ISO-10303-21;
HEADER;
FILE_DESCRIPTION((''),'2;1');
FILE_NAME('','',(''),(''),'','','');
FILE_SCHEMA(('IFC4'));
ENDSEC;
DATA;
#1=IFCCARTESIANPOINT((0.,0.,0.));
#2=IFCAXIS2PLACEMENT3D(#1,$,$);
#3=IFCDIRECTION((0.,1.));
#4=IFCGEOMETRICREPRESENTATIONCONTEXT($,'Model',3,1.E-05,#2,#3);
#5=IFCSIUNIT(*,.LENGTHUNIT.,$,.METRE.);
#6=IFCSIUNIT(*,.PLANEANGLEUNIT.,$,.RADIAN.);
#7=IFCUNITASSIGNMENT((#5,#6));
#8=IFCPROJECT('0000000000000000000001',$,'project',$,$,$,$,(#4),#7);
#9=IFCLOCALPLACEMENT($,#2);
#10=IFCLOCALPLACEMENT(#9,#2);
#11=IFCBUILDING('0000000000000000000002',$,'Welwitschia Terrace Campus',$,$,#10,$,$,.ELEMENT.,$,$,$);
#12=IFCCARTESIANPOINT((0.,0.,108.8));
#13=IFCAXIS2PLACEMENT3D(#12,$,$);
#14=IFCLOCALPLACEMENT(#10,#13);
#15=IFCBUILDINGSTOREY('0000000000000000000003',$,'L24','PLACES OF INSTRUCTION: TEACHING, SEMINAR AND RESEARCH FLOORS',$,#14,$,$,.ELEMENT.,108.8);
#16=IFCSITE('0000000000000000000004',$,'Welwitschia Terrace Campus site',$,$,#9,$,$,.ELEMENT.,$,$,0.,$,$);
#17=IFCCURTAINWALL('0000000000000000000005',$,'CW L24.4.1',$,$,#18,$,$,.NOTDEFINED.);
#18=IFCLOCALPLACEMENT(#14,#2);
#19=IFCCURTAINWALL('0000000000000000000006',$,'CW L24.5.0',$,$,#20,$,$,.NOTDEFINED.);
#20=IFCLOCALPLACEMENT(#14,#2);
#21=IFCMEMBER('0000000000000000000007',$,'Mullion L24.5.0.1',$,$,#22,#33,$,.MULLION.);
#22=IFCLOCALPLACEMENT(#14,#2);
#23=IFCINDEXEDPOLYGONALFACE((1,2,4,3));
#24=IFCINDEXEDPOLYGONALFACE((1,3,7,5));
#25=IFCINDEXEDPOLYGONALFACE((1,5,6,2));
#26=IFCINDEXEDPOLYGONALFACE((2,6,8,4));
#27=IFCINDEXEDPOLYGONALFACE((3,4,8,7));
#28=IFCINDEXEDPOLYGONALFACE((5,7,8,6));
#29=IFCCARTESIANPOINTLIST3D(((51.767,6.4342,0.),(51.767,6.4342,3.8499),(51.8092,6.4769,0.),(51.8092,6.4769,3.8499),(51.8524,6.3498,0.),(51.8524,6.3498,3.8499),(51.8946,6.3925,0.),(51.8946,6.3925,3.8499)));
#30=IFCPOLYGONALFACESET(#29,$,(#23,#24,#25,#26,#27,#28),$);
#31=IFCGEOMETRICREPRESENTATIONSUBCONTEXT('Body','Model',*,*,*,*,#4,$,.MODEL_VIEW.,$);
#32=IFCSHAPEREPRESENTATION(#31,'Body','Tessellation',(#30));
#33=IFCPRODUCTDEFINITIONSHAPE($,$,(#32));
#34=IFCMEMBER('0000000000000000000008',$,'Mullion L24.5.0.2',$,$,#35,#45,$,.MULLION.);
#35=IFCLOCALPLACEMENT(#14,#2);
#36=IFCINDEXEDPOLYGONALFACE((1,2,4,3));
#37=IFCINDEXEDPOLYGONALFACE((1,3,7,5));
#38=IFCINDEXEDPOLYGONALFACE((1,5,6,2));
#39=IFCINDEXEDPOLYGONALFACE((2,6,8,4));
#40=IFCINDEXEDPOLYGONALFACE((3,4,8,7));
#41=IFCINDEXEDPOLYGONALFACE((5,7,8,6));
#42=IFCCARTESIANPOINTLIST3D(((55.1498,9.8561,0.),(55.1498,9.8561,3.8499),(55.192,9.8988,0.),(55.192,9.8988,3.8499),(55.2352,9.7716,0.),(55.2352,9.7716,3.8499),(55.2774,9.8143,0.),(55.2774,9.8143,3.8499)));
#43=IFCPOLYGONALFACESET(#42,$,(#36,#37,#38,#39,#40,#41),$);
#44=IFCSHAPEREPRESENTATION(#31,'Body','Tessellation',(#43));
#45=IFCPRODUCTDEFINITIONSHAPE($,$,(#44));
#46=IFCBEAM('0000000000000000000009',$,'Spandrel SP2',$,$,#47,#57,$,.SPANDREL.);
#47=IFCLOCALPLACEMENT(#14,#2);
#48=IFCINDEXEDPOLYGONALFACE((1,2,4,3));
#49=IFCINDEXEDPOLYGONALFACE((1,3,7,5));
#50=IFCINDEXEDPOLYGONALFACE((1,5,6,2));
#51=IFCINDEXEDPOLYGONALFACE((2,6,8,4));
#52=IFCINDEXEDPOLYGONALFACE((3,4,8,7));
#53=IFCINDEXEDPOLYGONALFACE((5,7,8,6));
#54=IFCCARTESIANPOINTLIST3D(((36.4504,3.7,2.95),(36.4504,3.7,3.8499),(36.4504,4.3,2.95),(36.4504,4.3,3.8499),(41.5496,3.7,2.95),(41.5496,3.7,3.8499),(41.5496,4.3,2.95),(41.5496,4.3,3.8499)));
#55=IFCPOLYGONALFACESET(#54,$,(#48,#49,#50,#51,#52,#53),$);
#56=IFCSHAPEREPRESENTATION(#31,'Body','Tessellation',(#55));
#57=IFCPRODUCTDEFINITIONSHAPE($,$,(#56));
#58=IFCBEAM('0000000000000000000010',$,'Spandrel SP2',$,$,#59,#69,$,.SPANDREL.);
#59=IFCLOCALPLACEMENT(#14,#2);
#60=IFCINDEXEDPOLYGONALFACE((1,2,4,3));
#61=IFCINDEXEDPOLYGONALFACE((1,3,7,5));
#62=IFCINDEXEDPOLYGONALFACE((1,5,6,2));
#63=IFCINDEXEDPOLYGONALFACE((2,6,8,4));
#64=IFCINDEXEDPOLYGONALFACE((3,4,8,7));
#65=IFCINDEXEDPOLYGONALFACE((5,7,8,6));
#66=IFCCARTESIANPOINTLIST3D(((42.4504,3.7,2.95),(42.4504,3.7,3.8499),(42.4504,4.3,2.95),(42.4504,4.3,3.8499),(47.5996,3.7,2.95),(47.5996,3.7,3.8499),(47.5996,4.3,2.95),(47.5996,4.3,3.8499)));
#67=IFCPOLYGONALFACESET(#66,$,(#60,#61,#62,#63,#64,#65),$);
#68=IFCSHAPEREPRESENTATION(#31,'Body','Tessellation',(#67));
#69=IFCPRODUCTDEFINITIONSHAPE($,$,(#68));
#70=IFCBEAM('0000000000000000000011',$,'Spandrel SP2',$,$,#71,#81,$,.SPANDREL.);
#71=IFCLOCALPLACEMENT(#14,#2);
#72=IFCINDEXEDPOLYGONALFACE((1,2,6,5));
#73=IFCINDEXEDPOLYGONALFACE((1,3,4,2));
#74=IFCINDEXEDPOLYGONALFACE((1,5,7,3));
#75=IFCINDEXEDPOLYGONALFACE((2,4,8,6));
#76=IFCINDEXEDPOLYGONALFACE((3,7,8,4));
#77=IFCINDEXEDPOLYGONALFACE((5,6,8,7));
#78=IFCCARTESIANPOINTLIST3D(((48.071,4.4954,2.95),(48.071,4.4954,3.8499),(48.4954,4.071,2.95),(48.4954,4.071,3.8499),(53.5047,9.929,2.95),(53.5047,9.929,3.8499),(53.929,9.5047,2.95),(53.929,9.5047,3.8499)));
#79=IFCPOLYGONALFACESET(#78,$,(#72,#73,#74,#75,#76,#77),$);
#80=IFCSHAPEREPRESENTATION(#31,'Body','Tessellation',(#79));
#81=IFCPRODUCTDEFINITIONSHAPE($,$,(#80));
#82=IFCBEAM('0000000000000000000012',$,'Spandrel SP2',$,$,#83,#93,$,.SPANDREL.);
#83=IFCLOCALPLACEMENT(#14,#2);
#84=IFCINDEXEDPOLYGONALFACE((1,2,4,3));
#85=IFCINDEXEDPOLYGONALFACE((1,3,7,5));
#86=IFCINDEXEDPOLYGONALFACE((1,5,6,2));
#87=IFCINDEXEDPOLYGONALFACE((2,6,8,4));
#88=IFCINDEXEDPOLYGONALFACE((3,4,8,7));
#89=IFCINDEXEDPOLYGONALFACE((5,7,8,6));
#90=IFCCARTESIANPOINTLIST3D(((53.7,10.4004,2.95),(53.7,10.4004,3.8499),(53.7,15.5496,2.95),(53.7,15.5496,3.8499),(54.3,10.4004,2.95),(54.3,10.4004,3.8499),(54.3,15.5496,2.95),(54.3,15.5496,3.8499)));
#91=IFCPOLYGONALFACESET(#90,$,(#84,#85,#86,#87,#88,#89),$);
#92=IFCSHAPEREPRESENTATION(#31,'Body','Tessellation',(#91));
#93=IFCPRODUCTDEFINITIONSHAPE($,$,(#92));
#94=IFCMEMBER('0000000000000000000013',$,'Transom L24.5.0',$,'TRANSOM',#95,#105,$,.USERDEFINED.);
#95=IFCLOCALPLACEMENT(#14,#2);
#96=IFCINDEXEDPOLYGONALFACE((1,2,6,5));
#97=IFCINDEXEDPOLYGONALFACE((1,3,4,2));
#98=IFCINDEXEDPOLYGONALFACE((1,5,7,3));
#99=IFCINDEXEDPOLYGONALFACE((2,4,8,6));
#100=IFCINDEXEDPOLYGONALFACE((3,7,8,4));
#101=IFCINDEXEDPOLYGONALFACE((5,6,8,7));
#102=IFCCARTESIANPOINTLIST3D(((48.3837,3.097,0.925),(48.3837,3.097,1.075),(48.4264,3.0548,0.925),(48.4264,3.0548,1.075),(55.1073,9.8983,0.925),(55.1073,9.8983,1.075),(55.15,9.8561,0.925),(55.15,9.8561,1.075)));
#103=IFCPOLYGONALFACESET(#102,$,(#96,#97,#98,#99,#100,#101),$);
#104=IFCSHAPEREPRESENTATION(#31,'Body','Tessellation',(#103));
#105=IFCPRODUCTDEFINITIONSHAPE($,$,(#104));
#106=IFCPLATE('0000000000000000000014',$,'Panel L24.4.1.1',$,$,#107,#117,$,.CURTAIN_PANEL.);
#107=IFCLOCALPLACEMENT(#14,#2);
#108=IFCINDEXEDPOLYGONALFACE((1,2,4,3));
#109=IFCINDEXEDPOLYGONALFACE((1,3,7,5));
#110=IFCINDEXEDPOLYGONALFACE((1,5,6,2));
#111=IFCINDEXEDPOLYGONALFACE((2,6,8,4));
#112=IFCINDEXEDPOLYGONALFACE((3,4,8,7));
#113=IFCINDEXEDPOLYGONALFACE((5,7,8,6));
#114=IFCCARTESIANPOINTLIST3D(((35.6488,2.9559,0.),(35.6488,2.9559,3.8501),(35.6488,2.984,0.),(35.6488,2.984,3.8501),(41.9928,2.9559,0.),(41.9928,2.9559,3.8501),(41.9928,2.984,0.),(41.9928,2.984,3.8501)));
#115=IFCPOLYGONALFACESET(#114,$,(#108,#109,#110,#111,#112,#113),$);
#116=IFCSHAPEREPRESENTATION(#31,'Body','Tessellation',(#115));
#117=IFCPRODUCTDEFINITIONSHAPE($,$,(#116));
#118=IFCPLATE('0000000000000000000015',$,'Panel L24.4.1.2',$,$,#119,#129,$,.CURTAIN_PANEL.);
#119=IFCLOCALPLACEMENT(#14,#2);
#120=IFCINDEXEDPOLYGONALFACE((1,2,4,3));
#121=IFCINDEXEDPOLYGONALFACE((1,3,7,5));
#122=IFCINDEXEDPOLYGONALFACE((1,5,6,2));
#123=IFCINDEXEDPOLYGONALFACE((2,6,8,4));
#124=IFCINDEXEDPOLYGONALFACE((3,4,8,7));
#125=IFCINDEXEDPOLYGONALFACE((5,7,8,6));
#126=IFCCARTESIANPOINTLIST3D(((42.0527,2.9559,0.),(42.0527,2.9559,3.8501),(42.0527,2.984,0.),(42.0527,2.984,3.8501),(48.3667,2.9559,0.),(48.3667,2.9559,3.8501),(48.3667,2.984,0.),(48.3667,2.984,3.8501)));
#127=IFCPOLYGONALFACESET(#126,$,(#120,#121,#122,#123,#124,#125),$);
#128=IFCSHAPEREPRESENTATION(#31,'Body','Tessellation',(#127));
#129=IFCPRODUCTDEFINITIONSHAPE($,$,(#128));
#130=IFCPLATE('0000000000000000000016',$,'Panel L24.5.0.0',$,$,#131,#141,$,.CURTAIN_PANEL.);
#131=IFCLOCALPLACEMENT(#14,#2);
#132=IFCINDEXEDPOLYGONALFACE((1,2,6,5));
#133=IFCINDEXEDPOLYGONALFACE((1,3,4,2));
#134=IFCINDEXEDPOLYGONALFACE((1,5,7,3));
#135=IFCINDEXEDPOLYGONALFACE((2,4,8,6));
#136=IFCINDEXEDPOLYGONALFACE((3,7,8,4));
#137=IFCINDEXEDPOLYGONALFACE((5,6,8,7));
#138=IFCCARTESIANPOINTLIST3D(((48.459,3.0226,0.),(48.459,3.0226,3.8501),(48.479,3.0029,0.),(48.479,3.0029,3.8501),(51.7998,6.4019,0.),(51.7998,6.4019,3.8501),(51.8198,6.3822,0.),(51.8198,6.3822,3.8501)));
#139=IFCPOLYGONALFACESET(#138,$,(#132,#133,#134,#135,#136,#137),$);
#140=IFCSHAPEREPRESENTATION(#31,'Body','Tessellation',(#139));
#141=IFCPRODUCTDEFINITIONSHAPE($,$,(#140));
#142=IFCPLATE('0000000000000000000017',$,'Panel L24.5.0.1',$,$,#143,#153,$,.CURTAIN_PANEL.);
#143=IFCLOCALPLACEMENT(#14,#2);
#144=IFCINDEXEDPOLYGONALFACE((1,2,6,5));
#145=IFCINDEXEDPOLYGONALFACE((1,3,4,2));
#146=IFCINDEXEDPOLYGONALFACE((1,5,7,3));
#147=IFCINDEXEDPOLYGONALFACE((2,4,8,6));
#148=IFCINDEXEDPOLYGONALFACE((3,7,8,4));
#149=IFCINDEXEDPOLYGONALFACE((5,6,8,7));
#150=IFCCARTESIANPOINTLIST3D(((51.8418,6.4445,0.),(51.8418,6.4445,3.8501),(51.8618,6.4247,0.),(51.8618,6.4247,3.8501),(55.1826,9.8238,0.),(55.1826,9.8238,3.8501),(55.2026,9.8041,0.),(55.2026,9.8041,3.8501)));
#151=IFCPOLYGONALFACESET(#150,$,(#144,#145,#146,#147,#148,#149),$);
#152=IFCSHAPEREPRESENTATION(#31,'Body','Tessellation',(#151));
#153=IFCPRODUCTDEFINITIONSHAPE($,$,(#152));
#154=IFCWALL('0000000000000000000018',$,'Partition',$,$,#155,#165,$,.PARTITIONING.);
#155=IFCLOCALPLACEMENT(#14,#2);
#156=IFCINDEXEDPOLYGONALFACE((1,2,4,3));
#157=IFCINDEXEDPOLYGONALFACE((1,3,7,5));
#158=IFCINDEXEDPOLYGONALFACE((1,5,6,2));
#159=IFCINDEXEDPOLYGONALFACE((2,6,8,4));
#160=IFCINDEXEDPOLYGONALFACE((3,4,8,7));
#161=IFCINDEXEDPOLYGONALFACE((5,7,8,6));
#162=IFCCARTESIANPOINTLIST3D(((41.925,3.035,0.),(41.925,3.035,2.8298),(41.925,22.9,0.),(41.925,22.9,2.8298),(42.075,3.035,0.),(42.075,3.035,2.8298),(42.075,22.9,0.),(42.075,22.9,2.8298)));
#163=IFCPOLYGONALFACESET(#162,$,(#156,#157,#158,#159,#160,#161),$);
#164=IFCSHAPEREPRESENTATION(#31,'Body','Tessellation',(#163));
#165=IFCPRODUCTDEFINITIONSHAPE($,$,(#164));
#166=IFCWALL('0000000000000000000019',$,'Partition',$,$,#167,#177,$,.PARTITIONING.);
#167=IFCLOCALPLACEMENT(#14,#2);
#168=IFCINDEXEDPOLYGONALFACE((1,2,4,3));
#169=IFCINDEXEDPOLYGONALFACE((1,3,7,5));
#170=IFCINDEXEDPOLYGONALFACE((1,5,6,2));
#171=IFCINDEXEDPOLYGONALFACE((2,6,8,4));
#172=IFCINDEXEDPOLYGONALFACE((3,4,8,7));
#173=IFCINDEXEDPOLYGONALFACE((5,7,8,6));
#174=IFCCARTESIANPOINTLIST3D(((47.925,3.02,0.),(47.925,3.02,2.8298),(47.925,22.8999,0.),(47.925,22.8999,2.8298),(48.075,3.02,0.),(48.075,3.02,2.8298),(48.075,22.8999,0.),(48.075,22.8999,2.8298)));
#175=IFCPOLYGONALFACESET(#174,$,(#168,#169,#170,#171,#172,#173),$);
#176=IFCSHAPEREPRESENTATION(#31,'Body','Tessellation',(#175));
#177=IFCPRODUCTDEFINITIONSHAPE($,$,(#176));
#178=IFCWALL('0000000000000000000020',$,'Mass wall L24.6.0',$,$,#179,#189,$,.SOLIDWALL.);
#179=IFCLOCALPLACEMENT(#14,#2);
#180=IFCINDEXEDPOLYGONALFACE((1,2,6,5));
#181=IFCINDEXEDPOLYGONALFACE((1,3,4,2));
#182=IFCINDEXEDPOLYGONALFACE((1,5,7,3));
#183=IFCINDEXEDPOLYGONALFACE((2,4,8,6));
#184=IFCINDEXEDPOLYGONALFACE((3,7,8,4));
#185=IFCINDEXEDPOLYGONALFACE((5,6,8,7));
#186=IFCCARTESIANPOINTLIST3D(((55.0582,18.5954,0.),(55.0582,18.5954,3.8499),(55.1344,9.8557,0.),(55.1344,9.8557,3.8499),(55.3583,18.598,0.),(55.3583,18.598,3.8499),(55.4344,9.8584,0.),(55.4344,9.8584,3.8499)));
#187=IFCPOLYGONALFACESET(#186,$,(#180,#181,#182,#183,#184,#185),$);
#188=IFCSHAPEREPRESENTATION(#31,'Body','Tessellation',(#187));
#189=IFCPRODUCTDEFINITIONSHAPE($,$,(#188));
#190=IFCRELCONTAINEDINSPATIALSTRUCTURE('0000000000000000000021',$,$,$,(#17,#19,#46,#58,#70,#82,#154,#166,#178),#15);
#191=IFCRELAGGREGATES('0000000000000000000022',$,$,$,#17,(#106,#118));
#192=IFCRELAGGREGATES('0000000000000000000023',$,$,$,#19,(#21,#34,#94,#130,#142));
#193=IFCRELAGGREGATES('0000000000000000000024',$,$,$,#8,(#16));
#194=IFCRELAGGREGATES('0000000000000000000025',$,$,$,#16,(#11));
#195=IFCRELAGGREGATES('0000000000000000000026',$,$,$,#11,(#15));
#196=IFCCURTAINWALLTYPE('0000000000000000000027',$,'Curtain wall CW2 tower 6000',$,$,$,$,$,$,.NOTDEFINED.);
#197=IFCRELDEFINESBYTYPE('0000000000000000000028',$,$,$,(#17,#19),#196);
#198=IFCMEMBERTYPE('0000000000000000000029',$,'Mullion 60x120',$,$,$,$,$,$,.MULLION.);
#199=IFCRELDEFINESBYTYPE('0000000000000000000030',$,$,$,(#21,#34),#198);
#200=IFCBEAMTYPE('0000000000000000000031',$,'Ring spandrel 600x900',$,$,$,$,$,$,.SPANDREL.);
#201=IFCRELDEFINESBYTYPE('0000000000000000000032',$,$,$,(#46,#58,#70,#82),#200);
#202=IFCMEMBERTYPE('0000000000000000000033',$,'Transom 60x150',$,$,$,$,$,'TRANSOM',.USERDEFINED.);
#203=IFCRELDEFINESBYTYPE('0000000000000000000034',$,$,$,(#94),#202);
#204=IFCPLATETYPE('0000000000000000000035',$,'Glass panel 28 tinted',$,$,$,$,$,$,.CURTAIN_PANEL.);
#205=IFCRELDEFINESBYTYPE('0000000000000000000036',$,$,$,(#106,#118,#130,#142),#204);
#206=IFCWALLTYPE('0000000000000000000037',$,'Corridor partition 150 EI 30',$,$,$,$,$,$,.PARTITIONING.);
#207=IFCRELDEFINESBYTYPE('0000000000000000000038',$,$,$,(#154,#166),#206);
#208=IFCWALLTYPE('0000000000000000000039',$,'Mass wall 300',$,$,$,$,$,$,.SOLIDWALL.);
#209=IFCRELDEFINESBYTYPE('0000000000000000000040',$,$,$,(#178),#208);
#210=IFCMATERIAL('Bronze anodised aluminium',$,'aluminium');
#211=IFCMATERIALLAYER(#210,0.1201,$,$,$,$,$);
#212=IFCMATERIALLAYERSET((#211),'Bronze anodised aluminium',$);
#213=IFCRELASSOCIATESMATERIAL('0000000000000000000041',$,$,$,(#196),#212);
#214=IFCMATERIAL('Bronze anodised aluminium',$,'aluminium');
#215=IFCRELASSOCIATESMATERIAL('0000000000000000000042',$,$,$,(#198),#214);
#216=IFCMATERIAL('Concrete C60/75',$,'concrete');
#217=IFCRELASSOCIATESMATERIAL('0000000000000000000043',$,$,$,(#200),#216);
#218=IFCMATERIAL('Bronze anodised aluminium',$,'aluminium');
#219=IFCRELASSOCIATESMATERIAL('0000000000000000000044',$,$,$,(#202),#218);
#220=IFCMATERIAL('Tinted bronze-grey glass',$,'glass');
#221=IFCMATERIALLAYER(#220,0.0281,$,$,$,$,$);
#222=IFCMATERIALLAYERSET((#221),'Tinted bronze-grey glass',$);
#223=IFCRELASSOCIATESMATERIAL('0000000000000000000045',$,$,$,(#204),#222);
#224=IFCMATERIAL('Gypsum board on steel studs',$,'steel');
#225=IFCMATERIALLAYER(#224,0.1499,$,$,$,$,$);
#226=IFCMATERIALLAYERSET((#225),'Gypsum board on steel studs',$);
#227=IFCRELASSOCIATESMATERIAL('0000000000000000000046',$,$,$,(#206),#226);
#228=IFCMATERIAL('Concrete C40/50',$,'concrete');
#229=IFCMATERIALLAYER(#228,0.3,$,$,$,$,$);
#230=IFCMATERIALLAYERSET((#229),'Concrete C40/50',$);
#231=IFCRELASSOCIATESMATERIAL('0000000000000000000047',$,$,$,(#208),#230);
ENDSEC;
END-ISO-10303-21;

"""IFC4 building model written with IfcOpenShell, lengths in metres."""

from ifc_helpers import new_model, si_unit, direction, frame, frame_2d, origin, origin_2d, place, context, subcontext, project, spatial, rectangle, extrude, material, layer, layer_set, material_profile, profile_set, type_object, element, aggregate, save


model = new_model("IFC4")

# Units and contexts
model_context = context("Model", 3, precision=1e-05, world=origin(), true_north=direction((0.0, 1.0)))
body_context = subcontext(model_context, "Body", "Model", "MODEL_VIEW")
ifc_project = project(units=[si_unit("LENGTHUNIT", "METRE"), si_unit("PLANEANGLEUNIT", "RADIAN")], contexts=[model_context])

# Site, building, storey
site_placement = place(None, origin())
site = spatial("IfcSite", under=ifc_project, at=site_placement, Name="Welwitschia Terrace Campus site", CompositionType="ELEMENT", RefElevation=0.0)
building_placement = place(site_placement, origin())
building = spatial("IfcBuilding", under=site, at=building_placement, Name="Welwitschia Terrace Campus", CompositionType="ELEMENT")
storey_placement = place(building_placement, frame((0.0, 0.0, 108.8)))
storey = spatial("IfcBuildingStorey", under=building, at=storey_placement, Name="L24", Description="PLACES OF INSTRUCTION: TEACHING, SEMINAR AND RESEARCH FLOORS", CompositionType="ELEMENT", Elevation=108.8)

# Curtain walls, members
ifc_material_1 = material(Name="Bronze anodised aluminium", Category="aluminium")
ifc_layer_1 = layer(ifc_material_1, 0.1201)
ifc_layer_set_1 = layer_set([ifc_layer_1], Name="Bronze anodised aluminium")
curtain_wall_type = type_object("IfcCurtainWallType", Name="Curtain wall CW2 tower 6000", PredefinedType="NOTDEFINED", material=ifc_layer_set_1)
curtain_wall_1_placement = place(storey_placement, origin())
curtain_wall_1 = element("IfcCurtainWall", 1, at=curtain_wall_1_placement, inside=storey, type_object=curtain_wall_type, Name="CW L24.4.1", PredefinedType="NOTDEFINED")
ifc_material_2 = material(Name="Bronze anodised aluminium", Category="aluminium")
ifc_material_profile_1 = material_profile(ifc_material_2, rectangle(XDim=0.1201, YDim=0.0601, at=origin_2d()))
ifc_profile_set_1 = profile_set([ifc_material_profile_1], Name="Bronze anodised aluminium")
member_type_1 = type_object("IfcMemberType", Name="Mullion 60x120", PredefinedType="MULLION", material=ifc_profile_set_1)
curtain_wall_2_placement = place(storey_placement, origin())
curtain_wall_2 = element("IfcCurtainWall", 2, at=curtain_wall_2_placement, inside=storey, type_object=curtain_wall_type, Name="CW L24.5.0", PredefinedType="NOTDEFINED")
member_1_placement = place(storey_placement, frame((51.8308, 6.4133, 0.0), z_axis=(0.0, 0.0, 1.0), x_axis=(-0.711148, 0.703043, 0.0)))
member_1 = element("IfcMember", 3, at=member_1_placement, type_object=member_type_1, Name="Mullion L24.5.0.1", PredefinedType="MULLION", context=body_context, shape_type="SweptSolid", body=[
    extrude(rectangle(XDim=0.1201, YDim=0.0601, at=origin_2d()), origin(), (0.0, 0.0, 1.0), 3.8499),
])
member_2_placement = place(storey_placement, frame((55.2136, 9.8352, 0.0), z_axis=(0.0, 0.0, 1.0), x_axis=(-0.711148, 0.703043, 0.0)))
member_2 = element("IfcMember", 4, at=member_2_placement, type_object=member_type_1, Name="Mullion L24.5.0.2", PredefinedType="MULLION", context=body_context, shape_type="SweptSolid", body=[
    extrude(rectangle(XDim=0.1201, YDim=0.0601, at=origin_2d()), origin(), (0.0, 0.0, 1.0), 3.8499),
])

# Beams
ifc_material_3 = material(Name="Concrete C60/75", Category="concrete")
ifc_material_profile_2 = material_profile(ifc_material_3, rectangle(XDim=0.6001, YDim=0.8999, at=origin_2d()))
ifc_profile_set_2 = profile_set([ifc_material_profile_2], Name="Concrete C60/75")
beam_type_1 = type_object("IfcBeamType", Name="Ring spandrel 600x900", PredefinedType="SPANDREL", material=ifc_profile_set_2)
beam_1_placement = place(storey_placement, frame((36.4504, 4.0, 3.3999), z_axis=(1.0, 0.0, 0.0), x_axis=(0.0, 1.0, 0.0)))
element("IfcBeam", 5, at=beam_1_placement, inside=storey, type_object=beam_type_1, Name="Spandrel SP2", PredefinedType="SPANDREL", context=body_context, shape_type="SweptSolid", body=[
    extrude(rectangle(XDim=0.6001, YDim=0.8999, at=origin_2d()), origin(), (0.0, 0.0, 1.0), 5.0991),
])
beam_2_placement = place(storey_placement, frame((42.4504, 4.0, 3.3999), z_axis=(1.0, 0.0, 0.0), x_axis=(0.0, 1.0, 0.0)))
element("IfcBeam", 6, at=beam_2_placement, inside=storey, type_object=beam_type_1, Name="Spandrel SP2", PredefinedType="SPANDREL", context=body_context, shape_type="SweptSolid", body=[
    extrude(rectangle(XDim=0.6001, YDim=0.8999, at=origin_2d()), origin(), (0.0, 0.0, 1.0), 5.1492),
])
beam_3_placement = place(storey_placement, frame((48.2832, 4.2832, 3.3999), z_axis=(0.707107, 0.707107, 0.0), x_axis=(-0.707107, 0.707107, 0.0)))
element("IfcBeam", 7, at=beam_3_placement, inside=storey, type_object=beam_type_1, Name="Spandrel SP2", PredefinedType="SPANDREL", context=body_context, shape_type="SweptSolid", body=[
    extrude(rectangle(XDim=0.6001, YDim=0.8999, at=origin_2d()), origin(), (0.0, 0.0, 1.0), 7.6843),
])
beam_4_placement = place(storey_placement, frame((54.0, 10.4004, 3.3999), z_axis=(0.0, 1.0, 0.0), x_axis=(-1.0, 0.0, 0.0)))
element("IfcBeam", 8, at=beam_4_placement, inside=storey, type_object=beam_type_1, Name="Spandrel SP2", PredefinedType="SPANDREL", context=body_context, shape_type="SweptSolid", body=[
    extrude(rectangle(XDim=0.6001, YDim=0.8999, at=origin_2d()), origin(), (0.0, 0.0, 1.0), 5.1492),
])

# Member
ifc_material_4 = material(Name="Bronze anodised aluminium", Category="aluminium")
ifc_material_profile_3 = material_profile(ifc_material_4, rectangle(XDim=0.0601, YDim=0.1499, at=origin_2d()))
ifc_profile_set_3 = profile_set([ifc_material_profile_3], Name="Bronze anodised aluminium")
member_type_2 = type_object("IfcMemberType", Name="Transom 60x150", ElementType="TRANSOM", PredefinedType="USERDEFINED", material=ifc_profile_set_3)
member_3_placement = place(storey_placement, frame((48.405, 3.0759, 1.0), z_axis=(0.703036, 0.711154, 0.0), x_axis=(-0.711154, 0.703036, 0.0)))
member_3 = element("IfcMember", 9, at=member_3_placement, type_object=member_type_2, Name="Transom L24.5.0", ObjectType="TRANSOM", PredefinedType="USERDEFINED", context=body_context, shape_type="SweptSolid", body=[
    extrude(rectangle(XDim=0.0601, YDim=0.1499, at=origin_2d()), origin(), (0.0, 0.0, 1.0), 9.5637),
])

# Plates
ifc_material_5 = material(Name="Tinted bronze-grey glass", Category="glass")
ifc_layer_2 = layer(ifc_material_5, 0.0281)
ifc_layer_set_2 = layer_set([ifc_layer_2], Name="Tinted bronze-grey glass")
plate_type = type_object("IfcPlateType", Name="Glass panel 28 tinted", PredefinedType="CURTAIN_PANEL", material=ifc_layer_set_2)
plate_1_placement = place(storey_placement, frame((38.8208, 2.97, 0.0), z_axis=(0.0, 0.0, 1.0), x_axis=(1.0, 0.0, 0.0)))
plate_1 = element("IfcPlate", 10, at=plate_1_placement, type_object=plate_type, Name="Panel L24.4.1.1", PredefinedType="CURTAIN_PANEL", context=body_context, shape_type="SweptSolid", body=[
    extrude(rectangle(XDim=6.344, YDim=0.0281, at=origin_2d()), origin(), (0.0, 0.0, 1.0), 3.8501),
])
plate_2_placement = place(storey_placement, frame((45.2097, 2.97, 0.0), z_axis=(0.0, 0.0, 1.0), x_axis=(1.0, 0.0, 0.0)))
plate_2 = element("IfcPlate", 11, at=plate_2_placement, type_object=plate_type, Name="Panel L24.4.1.2", PredefinedType="CURTAIN_PANEL", context=body_context, shape_type="SweptSolid", body=[
    extrude(rectangle(XDim=6.314, YDim=0.0281, at=origin_2d()), origin(), (0.0, 0.0, 1.0), 3.8501),
])
aggregate(curtain_wall_1, [plate_1, plate_2])
plate_3_placement = place(storey_placement, frame((50.1394, 4.7024, 0.0), z_axis=(0.0, 0.0, 1.0), x_axis=(0.703043, 0.711148, 0.0)))
plate_3 = element("IfcPlate", 12, at=plate_3_placement, type_object=plate_type, Name="Panel L24.5.0.0", PredefinedType="CURTAIN_PANEL", context=body_context, shape_type="SweptSolid", body=[
    extrude(rectangle(XDim=4.752, YDim=0.0281, at=origin_2d()), origin(), (0.0, 0.0, 1.0), 3.8501),
])
plate_4_placement = place(storey_placement, frame((53.5222, 8.1243, 0.0), z_axis=(0.0, 0.0, 1.0), x_axis=(0.703043, 0.711148, 0.0)))
plate_4 = element("IfcPlate", 13, at=plate_4_placement, type_object=plate_type, Name="Panel L24.5.0.1", PredefinedType="CURTAIN_PANEL", context=body_context, shape_type="SweptSolid", body=[
    extrude(rectangle(XDim=4.752, YDim=0.0281, at=origin_2d()), origin(), (0.0, 0.0, 1.0), 3.8501),
])
aggregate(curtain_wall_2, [member_1, member_2, member_3, plate_3, plate_4])

# Walls
ifc_material_6 = material(Name="Gypsum board on steel studs", Category="steel")
ifc_layer_3 = layer(ifc_material_6, 0.1499)
ifc_layer_set_3 = layer_set([ifc_layer_3], Name="Gypsum board on steel studs")
wall_type_1 = type_object("IfcWallType", Name="Corridor partition 150 EI 30", PredefinedType="PARTITIONING", material=ifc_layer_set_3)
wall_1_placement = place(storey_placement, frame((42.0, 3.0349, 0.0), z_axis=(0.0, 0.0, 1.0), x_axis=(0.0, 1.0, 0.0)))
element("IfcWall", 14, at=wall_1_placement, inside=storey, type_object=wall_type_1, Name="Partition", PredefinedType="PARTITIONING", context=body_context, shape_type="SweptSolid", body=[
    extrude(rectangle(XDim=19.865, YDim=0.1499, at=frame_2d((9.9326, 0.0))), origin(), (0.0, 0.0, 1.0), 2.8298),
])
wall_2_placement = place(storey_placement, frame((48.0, 3.02, 0.0), z_axis=(0.0, 0.0, 1.0), x_axis=(0.0, 1.0, 0.0)))
element("IfcWall", 15, at=wall_2_placement, inside=storey, type_object=wall_type_1, Name="Partition", PredefinedType="PARTITIONING", context=body_context, shape_type="SweptSolid", body=[
    extrude(rectangle(XDim=19.8799, YDim=0.1499, at=frame_2d((9.9399, 0.0))), origin(), (0.0, 0.0, 1.0), 2.8298),
])
ifc_material_7 = material(Name="Concrete C40/50", Category="concrete")
ifc_layer_4 = layer(ifc_material_7, 0.3)
ifc_layer_set_4 = layer_set([ifc_layer_4], Name="Concrete C40/50")
wall_type_2 = type_object("IfcWallType", Name="Mass wall 300", PredefinedType="SOLIDWALL", material=ifc_layer_set_4)
wall_3_placement = place(storey_placement, frame((55.2844, 9.8569, 0.0), z_axis=(0.0, 0.0, 1.0), x_axis=(-0.008715, 0.999962, 0.0)))
element("IfcWall", 16, at=wall_3_placement, inside=storey, type_object=wall_type_2, Name="Mass wall L24.6.0", PredefinedType="SOLIDWALL", context=body_context, shape_type="SweptSolid", body=[
    extrude(rectangle(XDim=8.74, YDim=0.3, at=frame_2d((4.3701, 0.0))), origin(), (0.0, 0.0, 1.0), 3.8499),
])

save(model, "model.ifc")
